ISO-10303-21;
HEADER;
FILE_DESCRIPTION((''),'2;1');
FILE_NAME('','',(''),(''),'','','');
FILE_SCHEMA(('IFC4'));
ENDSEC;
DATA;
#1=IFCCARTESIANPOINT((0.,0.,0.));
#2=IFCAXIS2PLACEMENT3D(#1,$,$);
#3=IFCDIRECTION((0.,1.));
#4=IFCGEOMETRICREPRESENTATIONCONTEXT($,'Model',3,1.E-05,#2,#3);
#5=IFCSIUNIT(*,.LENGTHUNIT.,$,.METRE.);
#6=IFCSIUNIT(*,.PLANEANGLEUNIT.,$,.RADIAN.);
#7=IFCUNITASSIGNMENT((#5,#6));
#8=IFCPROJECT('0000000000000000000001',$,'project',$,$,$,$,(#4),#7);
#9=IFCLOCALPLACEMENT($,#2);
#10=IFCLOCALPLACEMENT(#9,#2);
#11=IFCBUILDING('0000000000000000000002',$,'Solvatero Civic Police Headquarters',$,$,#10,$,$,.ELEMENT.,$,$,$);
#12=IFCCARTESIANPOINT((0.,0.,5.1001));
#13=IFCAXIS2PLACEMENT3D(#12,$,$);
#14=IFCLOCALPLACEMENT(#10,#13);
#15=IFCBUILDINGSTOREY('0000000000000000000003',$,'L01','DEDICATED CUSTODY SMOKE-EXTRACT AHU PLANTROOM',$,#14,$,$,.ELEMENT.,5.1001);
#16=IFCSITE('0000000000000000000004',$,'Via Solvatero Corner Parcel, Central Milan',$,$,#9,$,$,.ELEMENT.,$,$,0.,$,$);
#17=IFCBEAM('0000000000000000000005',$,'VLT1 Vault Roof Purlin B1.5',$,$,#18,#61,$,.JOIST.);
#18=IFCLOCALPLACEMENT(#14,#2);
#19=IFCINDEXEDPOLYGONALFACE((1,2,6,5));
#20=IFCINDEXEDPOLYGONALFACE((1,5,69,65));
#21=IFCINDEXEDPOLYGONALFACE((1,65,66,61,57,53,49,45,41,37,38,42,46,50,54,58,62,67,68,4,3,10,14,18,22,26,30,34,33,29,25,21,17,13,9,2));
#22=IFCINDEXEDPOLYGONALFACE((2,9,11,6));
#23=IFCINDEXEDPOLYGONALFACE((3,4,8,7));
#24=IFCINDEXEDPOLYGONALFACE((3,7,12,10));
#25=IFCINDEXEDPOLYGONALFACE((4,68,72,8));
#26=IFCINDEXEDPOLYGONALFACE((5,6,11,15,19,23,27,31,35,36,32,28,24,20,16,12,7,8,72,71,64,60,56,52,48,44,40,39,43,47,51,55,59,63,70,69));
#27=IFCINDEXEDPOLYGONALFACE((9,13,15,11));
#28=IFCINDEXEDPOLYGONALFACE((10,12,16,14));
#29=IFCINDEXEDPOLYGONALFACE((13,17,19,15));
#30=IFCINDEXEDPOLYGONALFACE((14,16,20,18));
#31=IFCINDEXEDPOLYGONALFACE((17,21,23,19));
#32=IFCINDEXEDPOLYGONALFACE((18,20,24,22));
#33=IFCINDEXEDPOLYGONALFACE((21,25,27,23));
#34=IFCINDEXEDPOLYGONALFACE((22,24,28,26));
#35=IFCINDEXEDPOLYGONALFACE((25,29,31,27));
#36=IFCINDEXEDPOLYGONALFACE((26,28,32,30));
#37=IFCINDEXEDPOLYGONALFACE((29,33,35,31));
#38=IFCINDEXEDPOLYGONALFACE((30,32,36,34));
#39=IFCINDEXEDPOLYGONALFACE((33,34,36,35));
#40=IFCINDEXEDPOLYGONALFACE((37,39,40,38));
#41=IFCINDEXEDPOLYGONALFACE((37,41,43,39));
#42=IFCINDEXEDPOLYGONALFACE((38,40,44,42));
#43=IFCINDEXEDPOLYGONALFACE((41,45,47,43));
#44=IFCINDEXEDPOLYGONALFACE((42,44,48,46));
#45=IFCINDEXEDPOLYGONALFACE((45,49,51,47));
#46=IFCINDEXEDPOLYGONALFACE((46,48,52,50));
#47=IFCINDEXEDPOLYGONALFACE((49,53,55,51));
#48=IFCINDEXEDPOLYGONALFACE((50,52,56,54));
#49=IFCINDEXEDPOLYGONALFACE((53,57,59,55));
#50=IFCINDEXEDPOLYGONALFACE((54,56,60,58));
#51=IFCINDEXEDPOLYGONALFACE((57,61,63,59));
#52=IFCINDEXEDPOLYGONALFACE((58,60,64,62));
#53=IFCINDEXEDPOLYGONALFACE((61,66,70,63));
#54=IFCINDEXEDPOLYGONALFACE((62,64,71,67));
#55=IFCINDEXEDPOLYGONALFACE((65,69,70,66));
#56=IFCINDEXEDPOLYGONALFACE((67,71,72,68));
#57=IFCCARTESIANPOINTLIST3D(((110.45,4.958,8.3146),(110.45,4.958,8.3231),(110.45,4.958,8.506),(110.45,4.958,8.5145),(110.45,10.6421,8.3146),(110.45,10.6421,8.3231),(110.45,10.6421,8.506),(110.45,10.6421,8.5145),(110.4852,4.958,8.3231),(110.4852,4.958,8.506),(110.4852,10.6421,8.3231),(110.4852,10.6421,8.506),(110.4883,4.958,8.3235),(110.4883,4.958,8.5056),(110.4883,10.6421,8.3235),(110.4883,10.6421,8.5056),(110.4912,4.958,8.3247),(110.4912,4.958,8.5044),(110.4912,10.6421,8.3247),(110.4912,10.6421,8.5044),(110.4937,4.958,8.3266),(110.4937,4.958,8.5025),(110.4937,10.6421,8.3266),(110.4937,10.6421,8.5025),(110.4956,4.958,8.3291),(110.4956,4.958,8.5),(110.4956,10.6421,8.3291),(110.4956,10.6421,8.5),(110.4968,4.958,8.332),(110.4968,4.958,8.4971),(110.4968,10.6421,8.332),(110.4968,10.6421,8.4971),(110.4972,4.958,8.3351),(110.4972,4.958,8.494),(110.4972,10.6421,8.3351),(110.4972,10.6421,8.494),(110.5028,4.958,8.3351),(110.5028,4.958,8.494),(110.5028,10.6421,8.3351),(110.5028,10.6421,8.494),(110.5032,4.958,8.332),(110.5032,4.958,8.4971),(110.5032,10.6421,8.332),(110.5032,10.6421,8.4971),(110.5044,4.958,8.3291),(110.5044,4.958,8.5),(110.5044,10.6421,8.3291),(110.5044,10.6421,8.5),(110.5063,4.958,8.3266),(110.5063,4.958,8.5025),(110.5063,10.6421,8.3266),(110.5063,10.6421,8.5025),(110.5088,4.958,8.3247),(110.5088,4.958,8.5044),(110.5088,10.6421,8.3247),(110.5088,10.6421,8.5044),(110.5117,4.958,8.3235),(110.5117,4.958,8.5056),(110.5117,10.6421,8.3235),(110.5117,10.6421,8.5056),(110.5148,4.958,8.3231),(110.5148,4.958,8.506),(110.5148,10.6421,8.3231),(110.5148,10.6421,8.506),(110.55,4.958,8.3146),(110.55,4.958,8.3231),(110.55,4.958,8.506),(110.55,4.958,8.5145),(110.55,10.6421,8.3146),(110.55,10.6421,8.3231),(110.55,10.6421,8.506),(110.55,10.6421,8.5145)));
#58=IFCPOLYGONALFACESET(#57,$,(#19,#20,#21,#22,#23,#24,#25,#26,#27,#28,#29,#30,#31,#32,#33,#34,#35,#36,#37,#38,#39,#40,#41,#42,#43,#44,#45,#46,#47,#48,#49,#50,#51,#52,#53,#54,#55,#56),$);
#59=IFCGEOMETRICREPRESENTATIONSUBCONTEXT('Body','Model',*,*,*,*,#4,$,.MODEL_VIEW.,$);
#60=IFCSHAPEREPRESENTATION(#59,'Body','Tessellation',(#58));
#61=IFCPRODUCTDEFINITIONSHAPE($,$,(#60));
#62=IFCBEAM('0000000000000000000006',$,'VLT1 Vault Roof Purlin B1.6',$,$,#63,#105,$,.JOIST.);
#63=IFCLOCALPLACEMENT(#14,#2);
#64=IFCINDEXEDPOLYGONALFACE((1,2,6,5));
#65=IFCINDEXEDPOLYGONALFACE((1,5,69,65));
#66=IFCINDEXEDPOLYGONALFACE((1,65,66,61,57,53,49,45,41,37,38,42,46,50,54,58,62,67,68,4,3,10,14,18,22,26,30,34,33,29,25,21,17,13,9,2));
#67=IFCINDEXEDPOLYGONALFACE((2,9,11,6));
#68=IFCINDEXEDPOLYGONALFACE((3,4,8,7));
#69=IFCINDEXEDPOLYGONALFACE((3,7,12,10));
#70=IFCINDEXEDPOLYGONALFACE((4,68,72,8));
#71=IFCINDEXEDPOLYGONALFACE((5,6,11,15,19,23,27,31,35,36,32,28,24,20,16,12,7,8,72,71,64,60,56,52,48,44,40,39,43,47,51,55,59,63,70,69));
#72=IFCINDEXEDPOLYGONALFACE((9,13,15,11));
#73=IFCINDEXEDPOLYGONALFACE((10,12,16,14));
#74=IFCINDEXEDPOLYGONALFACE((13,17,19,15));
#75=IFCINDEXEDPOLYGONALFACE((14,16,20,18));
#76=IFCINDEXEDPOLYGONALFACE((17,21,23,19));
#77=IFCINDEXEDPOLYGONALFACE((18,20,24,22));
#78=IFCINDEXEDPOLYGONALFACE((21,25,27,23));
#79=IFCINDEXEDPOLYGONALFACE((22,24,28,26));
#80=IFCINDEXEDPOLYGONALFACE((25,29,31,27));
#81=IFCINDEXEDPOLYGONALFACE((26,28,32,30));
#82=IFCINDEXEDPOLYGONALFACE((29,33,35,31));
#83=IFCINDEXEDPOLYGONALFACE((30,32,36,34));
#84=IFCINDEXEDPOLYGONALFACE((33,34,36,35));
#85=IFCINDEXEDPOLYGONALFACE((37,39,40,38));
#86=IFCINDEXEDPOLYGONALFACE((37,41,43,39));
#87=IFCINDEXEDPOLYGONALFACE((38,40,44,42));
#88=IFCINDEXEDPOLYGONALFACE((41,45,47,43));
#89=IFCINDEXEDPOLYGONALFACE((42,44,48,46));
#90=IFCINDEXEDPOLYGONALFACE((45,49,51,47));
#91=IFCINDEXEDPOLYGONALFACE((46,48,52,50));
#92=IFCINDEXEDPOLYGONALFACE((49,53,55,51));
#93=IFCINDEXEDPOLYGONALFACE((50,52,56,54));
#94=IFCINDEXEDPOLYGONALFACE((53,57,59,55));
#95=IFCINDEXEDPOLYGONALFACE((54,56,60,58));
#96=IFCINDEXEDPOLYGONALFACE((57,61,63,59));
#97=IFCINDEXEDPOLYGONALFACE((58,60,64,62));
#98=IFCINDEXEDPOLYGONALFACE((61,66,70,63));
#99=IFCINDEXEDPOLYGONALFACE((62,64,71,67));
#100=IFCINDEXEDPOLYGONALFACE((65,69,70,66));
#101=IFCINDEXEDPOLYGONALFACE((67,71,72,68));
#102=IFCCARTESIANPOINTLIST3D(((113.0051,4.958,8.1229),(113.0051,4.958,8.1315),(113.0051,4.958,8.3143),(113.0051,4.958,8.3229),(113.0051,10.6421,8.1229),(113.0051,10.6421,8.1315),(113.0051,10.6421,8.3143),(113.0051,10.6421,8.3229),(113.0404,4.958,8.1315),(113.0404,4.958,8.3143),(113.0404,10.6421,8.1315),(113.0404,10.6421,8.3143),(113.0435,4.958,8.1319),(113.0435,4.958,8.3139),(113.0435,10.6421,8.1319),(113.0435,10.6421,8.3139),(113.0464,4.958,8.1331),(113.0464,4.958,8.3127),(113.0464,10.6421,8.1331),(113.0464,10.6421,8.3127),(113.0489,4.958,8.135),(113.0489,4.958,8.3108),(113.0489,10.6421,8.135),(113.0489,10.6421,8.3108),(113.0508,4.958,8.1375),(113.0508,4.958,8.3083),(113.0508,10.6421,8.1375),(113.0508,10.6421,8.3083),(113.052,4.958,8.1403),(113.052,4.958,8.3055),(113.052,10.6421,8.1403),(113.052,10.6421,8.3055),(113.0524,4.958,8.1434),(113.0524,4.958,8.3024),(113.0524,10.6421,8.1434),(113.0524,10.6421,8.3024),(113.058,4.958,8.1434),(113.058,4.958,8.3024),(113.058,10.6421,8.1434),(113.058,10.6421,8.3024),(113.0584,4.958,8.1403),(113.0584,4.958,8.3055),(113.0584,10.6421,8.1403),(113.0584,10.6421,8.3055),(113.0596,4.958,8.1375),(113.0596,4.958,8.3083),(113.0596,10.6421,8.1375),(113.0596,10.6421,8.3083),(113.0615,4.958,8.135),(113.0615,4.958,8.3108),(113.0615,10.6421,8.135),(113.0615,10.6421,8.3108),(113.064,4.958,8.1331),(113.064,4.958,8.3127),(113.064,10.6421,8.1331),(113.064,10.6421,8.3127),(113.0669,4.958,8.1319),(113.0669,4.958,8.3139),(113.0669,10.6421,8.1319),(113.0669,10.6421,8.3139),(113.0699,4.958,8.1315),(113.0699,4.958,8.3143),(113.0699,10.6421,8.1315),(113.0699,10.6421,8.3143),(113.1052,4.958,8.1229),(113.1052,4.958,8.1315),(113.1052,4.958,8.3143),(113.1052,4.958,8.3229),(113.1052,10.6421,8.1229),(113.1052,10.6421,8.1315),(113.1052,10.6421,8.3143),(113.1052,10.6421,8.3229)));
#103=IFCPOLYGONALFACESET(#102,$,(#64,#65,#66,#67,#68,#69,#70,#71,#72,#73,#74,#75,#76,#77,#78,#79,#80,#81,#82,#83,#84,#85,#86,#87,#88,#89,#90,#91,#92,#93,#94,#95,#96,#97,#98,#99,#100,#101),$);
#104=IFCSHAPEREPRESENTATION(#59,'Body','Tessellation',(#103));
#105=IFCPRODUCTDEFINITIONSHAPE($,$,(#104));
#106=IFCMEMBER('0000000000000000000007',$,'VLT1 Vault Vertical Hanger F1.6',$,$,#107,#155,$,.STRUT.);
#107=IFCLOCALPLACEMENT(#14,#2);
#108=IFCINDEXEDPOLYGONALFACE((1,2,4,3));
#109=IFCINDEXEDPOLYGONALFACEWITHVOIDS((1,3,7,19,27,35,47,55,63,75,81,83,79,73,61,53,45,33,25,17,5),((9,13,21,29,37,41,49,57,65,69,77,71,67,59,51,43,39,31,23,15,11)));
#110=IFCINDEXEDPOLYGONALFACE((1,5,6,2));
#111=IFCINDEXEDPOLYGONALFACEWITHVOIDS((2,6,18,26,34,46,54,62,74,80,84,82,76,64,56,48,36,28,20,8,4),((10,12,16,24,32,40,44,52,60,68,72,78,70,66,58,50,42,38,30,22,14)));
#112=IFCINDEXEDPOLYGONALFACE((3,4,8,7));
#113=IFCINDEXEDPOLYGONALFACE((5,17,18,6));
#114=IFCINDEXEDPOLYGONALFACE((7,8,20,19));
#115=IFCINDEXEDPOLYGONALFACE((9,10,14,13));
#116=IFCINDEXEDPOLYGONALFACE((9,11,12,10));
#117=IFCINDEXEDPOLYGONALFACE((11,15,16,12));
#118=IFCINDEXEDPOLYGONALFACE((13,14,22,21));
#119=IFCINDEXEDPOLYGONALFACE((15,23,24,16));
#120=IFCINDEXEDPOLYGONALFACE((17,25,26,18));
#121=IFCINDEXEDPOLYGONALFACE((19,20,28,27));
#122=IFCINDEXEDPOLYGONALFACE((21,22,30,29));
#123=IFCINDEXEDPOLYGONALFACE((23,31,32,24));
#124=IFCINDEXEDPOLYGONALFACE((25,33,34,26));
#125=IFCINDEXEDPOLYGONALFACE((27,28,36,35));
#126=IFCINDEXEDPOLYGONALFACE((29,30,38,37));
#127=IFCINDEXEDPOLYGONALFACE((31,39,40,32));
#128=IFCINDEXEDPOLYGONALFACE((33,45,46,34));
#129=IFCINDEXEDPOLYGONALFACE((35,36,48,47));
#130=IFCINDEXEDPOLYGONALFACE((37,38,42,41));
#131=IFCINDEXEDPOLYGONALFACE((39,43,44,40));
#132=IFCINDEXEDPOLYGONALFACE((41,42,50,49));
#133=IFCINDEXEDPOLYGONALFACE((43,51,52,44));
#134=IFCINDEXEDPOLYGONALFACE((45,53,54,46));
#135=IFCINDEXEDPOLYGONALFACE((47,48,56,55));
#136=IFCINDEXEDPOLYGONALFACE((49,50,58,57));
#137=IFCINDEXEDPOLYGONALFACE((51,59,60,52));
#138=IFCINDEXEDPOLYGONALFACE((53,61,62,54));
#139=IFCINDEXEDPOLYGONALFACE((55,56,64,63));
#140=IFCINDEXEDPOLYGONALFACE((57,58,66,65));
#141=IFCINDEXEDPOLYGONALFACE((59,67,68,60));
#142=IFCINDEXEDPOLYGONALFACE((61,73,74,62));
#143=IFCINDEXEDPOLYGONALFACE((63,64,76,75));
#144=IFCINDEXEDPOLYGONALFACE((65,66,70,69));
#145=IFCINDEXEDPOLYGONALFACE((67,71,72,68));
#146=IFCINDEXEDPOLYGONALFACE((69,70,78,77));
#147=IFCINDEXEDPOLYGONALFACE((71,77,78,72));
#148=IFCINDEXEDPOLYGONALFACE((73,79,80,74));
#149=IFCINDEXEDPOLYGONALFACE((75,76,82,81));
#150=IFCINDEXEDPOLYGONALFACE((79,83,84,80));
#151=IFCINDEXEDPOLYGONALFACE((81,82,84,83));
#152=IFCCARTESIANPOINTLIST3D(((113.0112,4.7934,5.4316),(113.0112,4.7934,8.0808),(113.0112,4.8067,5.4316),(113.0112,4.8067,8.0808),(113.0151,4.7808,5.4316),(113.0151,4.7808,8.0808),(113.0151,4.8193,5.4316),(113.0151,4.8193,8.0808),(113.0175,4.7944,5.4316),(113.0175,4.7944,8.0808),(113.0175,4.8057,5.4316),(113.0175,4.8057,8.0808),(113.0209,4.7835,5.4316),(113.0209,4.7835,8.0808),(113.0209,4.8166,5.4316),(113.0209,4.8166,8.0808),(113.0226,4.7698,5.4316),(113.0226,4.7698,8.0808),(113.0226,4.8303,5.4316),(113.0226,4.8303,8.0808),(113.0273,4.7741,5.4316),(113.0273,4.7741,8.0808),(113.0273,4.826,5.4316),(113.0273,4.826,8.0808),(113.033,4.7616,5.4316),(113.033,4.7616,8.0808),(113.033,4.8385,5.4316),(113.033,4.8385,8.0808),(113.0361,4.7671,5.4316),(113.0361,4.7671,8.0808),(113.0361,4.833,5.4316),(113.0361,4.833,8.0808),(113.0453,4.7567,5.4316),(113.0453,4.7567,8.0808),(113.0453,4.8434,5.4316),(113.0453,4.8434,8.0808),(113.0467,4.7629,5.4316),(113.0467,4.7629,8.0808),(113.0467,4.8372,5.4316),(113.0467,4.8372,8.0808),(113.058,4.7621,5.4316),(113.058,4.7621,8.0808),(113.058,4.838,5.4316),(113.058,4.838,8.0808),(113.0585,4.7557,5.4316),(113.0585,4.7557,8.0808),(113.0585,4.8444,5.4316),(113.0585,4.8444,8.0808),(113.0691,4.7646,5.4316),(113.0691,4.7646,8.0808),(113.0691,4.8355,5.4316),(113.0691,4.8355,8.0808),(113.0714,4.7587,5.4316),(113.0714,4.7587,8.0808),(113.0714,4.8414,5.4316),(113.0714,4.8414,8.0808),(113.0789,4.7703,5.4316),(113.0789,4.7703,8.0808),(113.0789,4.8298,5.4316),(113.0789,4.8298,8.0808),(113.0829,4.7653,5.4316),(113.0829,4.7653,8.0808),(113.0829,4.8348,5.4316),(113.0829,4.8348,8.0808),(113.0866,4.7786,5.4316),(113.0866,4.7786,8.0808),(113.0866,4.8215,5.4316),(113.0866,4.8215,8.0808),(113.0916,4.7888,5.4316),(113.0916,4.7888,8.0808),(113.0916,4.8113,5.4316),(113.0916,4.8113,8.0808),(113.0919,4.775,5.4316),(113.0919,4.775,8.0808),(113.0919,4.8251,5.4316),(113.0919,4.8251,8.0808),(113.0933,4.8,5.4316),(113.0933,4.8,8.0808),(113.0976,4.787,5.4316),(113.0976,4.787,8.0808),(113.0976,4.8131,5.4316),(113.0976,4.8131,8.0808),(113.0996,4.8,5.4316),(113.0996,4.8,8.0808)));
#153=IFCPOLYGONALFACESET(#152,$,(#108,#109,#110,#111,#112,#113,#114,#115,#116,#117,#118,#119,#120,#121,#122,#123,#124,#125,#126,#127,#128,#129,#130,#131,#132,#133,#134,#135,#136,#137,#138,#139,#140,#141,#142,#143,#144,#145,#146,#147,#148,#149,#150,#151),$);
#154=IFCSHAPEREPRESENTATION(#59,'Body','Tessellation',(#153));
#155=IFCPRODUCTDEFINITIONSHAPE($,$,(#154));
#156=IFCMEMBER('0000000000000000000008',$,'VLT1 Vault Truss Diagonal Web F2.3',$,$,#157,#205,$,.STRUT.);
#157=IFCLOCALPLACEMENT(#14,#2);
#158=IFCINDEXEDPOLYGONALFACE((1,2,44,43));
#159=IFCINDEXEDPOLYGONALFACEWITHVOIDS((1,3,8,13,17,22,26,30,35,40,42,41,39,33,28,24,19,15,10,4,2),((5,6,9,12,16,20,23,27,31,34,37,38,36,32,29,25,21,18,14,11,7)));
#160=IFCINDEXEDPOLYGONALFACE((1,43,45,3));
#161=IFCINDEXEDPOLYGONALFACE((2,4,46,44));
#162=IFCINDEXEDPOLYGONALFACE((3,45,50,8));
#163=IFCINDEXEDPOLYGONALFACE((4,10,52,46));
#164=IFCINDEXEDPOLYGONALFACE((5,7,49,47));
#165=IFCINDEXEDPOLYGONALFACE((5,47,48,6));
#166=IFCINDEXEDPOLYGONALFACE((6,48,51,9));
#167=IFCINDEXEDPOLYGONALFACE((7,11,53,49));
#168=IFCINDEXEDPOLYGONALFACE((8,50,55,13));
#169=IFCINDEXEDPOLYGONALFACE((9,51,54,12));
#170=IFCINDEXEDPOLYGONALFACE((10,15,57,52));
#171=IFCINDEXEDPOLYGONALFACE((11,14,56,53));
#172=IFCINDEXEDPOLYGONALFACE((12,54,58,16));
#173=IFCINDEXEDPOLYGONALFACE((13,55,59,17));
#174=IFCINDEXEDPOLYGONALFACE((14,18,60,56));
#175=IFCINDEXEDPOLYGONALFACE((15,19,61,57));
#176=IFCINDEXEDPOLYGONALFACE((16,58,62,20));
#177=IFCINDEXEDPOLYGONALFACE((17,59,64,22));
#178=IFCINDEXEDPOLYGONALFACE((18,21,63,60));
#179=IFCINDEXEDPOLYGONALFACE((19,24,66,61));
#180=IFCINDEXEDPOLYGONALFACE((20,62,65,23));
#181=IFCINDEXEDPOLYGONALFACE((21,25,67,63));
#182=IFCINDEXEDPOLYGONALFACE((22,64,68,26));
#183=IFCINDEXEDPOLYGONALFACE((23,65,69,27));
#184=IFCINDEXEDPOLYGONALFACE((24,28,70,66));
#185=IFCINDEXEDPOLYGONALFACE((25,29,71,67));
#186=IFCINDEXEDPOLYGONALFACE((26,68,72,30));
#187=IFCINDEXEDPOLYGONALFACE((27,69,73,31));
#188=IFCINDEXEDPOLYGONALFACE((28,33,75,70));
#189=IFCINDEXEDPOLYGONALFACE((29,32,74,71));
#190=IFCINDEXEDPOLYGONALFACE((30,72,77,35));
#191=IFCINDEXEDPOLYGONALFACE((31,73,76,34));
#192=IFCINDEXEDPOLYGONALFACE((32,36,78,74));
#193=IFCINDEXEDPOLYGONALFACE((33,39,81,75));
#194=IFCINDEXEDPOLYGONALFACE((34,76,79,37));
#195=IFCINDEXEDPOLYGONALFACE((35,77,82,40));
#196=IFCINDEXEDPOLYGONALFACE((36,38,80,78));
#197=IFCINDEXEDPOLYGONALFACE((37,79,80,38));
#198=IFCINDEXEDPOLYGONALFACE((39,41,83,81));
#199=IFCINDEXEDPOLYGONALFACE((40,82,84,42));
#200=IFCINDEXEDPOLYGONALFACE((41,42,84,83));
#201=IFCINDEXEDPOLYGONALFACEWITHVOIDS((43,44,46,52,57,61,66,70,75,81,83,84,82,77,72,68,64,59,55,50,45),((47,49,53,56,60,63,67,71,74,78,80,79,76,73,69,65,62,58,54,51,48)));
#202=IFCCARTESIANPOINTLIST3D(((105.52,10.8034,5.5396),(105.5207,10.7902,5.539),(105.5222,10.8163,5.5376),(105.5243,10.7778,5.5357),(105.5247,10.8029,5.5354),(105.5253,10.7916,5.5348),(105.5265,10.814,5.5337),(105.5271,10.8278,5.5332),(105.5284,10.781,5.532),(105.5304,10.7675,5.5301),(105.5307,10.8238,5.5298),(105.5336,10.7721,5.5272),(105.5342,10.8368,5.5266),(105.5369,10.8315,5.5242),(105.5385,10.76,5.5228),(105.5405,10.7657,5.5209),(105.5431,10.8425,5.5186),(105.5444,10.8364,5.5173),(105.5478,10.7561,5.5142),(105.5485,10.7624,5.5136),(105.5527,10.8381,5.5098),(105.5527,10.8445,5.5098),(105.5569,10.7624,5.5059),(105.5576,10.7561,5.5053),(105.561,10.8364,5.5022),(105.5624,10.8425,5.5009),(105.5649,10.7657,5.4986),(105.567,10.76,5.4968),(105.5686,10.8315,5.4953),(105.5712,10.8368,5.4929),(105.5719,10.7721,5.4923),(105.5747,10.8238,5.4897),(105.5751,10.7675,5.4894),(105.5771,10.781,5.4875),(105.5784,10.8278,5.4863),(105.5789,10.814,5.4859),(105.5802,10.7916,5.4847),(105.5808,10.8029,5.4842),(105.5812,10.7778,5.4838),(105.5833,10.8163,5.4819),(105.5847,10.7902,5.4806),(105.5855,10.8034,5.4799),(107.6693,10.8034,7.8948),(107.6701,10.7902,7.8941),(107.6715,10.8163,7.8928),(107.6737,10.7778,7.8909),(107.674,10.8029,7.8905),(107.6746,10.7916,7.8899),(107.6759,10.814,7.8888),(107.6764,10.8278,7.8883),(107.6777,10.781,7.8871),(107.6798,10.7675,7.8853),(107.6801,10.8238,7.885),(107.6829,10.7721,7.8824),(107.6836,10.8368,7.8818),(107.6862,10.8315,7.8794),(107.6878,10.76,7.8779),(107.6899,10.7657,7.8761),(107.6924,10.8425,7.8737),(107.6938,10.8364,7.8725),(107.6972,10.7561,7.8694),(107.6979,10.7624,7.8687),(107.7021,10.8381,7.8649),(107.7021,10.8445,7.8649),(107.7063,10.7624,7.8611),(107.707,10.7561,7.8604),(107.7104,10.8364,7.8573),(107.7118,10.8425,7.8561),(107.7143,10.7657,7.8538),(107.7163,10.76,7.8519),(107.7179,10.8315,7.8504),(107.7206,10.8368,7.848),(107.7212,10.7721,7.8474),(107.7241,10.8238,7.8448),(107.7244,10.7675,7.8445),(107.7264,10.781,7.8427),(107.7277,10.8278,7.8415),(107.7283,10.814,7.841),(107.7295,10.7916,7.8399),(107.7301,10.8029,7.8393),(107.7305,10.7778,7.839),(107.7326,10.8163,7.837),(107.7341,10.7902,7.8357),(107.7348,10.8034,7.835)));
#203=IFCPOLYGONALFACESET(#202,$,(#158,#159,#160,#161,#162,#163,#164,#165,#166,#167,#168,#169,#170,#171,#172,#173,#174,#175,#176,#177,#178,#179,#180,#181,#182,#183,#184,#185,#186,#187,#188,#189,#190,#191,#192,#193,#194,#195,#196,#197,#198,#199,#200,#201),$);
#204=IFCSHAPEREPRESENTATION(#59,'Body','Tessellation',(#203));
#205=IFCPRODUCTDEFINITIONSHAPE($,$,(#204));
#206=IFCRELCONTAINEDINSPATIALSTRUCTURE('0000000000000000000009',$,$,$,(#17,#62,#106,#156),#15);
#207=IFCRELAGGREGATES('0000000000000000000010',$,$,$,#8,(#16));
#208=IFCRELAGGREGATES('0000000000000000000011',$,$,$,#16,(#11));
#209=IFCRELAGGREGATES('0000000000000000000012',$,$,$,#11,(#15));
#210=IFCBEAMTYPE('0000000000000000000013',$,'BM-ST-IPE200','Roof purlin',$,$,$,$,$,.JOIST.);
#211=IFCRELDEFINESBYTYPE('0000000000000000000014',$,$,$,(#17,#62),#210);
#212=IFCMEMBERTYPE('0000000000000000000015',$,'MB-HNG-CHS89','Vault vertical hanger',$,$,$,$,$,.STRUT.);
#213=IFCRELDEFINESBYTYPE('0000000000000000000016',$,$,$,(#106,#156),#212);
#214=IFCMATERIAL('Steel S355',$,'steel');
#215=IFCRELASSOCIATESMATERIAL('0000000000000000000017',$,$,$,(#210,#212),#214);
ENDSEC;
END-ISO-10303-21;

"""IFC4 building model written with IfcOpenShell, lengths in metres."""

from ifc_helpers import new_model, si_unit, direction, frame, origin, origin_2d, place, context, subcontext, project, spatial, hollow_circle, i_section, extrude, material, material_profile, profile_set, type_object, element, save


model = new_model("IFC4")

# Units and contexts
model_context = context("Model", 3, precision=1e-05, world=origin(), true_north=direction((0.0, 1.0)))
body_context = subcontext(model_context, "Body", "Model", "MODEL_VIEW")
ifc_project = project(units=[si_unit("LENGTHUNIT", "METRE"), si_unit("PLANEANGLEUNIT", "RADIAN")], contexts=[model_context])

# Site, building, storey
site_placement = place(None, origin())
site = spatial("IfcSite", under=ifc_project, at=site_placement, Name="Via Solvatero Corner Parcel, Central Milan", CompositionType="ELEMENT", RefElevation=0.0)
building_placement = place(site_placement, origin())
building = spatial("IfcBuilding", under=site, at=building_placement, Name="Solvatero Civic Police Headquarters", CompositionType="ELEMENT")
storey_placement = place(building_placement, frame((0.0, 0.0, 5.1001)))
storey = spatial("IfcBuildingStorey", under=building, at=storey_placement, Name="L01", Description="DEDICATED CUSTODY SMOKE-EXTRACT AHU PLANTROOM", CompositionType="ELEMENT", Elevation=5.1001)

# Beams
ifc_material_1 = material(Name="Steel S355", Category="steel")
ifc_material_profile_1 = material_profile(ifc_material_1, i_section(OverallWidth=0.1001, OverallDepth=0.2, WebThickness=0.0056, FlangeThickness=0.0085, FilletRadius=0.012, at=origin_2d()), Name="IPE 200")
ifc_profile_set_1 = profile_set([ifc_material_profile_1], Name="Steel S355")
beam_type_1 = type_object("IfcBeamType", Name="BM-ST-IPE200", Description="Roof purlin", PredefinedType="JOIST", material=ifc_profile_set_1)
for number, where, z_axis, x_axis, name in (
    (1, (110.5, 4.958, 8.4146), (0.0, 1.0, 0.0), (-1.0, 0.0, 0.0), "VLT1 Vault Roof Purlin B1.5"),
    (2, (113.0552, 4.958, 8.2229), (0.0, 1.0, 0.0), (-1.0, 0.0, 0.0), "VLT1 Vault Roof Purlin B1.6"),
):
    element("IfcBeam", number, at=place(storey_placement, frame(where, z_axis=z_axis, x_axis=x_axis)), inside=storey, type_object=beam_type_1, Name=name, PredefinedType="JOIST", context=body_context, shape_type="SweptSolid", body=[
        extrude(i_section(OverallWidth=0.1001, OverallDepth=0.2, WebThickness=0.0056, FlangeThickness=0.0085, FilletRadius=0.012, at=origin_2d()), origin(), (0.0, 0.0, 1.0), 5.6841),
    ])

# Members
ifc_material_profile_2 = material_profile(ifc_material_1, hollow_circle(Radius=0.0444, WallThickness=0.0063, at=origin_2d()), Name="CHS 88.9x6.3")
ifc_profile_set_2 = profile_set([ifc_material_profile_2], Name="Steel S355")
member_type_1 = type_object("IfcMemberType", Name="MB-HNG-CHS89", Description="Vault vertical hanger", PredefinedType="STRUT", material=ifc_profile_set_2)
member_1_placement = place(storey_placement, frame((113.0552, 4.8, 5.4316), z_axis=(0.0, 0.0, 1.0), x_axis=(1.0, 0.0, 0.0)))
element("IfcMember", 3, at=member_1_placement, inside=storey, type_object=member_type_1, Name="VLT1 Vault Vertical Hanger F1.6", PredefinedType="STRUT", context=body_context, shape_type="SweptSolid", body=[
    extrude(hollow_circle(Radius=0.0444, WallThickness=0.0063, at=origin_2d()), origin(), (0.0, 0.0, 1.0), 2.6492),
])
member_2_placement = place(storey_placement, frame((105.5527, 10.8, 5.5098), z_axis=(0.674097, 0.0, 0.738643), x_axis=(0.0, 1.0, 0.0)))
element("IfcMember", 4, at=member_2_placement, inside=storey, type_object=member_type_1, Name="VLT1 Vault Truss Diagonal Web F2.3", PredefinedType="STRUT", context=body_context, shape_type="SweptSolid", body=[
    extrude(hollow_circle(Radius=0.0444, WallThickness=0.0063, at=origin_2d()), origin(), (0.0, 0.0, 1.0), 3.1885),
])

save(model, "model.ifc")
